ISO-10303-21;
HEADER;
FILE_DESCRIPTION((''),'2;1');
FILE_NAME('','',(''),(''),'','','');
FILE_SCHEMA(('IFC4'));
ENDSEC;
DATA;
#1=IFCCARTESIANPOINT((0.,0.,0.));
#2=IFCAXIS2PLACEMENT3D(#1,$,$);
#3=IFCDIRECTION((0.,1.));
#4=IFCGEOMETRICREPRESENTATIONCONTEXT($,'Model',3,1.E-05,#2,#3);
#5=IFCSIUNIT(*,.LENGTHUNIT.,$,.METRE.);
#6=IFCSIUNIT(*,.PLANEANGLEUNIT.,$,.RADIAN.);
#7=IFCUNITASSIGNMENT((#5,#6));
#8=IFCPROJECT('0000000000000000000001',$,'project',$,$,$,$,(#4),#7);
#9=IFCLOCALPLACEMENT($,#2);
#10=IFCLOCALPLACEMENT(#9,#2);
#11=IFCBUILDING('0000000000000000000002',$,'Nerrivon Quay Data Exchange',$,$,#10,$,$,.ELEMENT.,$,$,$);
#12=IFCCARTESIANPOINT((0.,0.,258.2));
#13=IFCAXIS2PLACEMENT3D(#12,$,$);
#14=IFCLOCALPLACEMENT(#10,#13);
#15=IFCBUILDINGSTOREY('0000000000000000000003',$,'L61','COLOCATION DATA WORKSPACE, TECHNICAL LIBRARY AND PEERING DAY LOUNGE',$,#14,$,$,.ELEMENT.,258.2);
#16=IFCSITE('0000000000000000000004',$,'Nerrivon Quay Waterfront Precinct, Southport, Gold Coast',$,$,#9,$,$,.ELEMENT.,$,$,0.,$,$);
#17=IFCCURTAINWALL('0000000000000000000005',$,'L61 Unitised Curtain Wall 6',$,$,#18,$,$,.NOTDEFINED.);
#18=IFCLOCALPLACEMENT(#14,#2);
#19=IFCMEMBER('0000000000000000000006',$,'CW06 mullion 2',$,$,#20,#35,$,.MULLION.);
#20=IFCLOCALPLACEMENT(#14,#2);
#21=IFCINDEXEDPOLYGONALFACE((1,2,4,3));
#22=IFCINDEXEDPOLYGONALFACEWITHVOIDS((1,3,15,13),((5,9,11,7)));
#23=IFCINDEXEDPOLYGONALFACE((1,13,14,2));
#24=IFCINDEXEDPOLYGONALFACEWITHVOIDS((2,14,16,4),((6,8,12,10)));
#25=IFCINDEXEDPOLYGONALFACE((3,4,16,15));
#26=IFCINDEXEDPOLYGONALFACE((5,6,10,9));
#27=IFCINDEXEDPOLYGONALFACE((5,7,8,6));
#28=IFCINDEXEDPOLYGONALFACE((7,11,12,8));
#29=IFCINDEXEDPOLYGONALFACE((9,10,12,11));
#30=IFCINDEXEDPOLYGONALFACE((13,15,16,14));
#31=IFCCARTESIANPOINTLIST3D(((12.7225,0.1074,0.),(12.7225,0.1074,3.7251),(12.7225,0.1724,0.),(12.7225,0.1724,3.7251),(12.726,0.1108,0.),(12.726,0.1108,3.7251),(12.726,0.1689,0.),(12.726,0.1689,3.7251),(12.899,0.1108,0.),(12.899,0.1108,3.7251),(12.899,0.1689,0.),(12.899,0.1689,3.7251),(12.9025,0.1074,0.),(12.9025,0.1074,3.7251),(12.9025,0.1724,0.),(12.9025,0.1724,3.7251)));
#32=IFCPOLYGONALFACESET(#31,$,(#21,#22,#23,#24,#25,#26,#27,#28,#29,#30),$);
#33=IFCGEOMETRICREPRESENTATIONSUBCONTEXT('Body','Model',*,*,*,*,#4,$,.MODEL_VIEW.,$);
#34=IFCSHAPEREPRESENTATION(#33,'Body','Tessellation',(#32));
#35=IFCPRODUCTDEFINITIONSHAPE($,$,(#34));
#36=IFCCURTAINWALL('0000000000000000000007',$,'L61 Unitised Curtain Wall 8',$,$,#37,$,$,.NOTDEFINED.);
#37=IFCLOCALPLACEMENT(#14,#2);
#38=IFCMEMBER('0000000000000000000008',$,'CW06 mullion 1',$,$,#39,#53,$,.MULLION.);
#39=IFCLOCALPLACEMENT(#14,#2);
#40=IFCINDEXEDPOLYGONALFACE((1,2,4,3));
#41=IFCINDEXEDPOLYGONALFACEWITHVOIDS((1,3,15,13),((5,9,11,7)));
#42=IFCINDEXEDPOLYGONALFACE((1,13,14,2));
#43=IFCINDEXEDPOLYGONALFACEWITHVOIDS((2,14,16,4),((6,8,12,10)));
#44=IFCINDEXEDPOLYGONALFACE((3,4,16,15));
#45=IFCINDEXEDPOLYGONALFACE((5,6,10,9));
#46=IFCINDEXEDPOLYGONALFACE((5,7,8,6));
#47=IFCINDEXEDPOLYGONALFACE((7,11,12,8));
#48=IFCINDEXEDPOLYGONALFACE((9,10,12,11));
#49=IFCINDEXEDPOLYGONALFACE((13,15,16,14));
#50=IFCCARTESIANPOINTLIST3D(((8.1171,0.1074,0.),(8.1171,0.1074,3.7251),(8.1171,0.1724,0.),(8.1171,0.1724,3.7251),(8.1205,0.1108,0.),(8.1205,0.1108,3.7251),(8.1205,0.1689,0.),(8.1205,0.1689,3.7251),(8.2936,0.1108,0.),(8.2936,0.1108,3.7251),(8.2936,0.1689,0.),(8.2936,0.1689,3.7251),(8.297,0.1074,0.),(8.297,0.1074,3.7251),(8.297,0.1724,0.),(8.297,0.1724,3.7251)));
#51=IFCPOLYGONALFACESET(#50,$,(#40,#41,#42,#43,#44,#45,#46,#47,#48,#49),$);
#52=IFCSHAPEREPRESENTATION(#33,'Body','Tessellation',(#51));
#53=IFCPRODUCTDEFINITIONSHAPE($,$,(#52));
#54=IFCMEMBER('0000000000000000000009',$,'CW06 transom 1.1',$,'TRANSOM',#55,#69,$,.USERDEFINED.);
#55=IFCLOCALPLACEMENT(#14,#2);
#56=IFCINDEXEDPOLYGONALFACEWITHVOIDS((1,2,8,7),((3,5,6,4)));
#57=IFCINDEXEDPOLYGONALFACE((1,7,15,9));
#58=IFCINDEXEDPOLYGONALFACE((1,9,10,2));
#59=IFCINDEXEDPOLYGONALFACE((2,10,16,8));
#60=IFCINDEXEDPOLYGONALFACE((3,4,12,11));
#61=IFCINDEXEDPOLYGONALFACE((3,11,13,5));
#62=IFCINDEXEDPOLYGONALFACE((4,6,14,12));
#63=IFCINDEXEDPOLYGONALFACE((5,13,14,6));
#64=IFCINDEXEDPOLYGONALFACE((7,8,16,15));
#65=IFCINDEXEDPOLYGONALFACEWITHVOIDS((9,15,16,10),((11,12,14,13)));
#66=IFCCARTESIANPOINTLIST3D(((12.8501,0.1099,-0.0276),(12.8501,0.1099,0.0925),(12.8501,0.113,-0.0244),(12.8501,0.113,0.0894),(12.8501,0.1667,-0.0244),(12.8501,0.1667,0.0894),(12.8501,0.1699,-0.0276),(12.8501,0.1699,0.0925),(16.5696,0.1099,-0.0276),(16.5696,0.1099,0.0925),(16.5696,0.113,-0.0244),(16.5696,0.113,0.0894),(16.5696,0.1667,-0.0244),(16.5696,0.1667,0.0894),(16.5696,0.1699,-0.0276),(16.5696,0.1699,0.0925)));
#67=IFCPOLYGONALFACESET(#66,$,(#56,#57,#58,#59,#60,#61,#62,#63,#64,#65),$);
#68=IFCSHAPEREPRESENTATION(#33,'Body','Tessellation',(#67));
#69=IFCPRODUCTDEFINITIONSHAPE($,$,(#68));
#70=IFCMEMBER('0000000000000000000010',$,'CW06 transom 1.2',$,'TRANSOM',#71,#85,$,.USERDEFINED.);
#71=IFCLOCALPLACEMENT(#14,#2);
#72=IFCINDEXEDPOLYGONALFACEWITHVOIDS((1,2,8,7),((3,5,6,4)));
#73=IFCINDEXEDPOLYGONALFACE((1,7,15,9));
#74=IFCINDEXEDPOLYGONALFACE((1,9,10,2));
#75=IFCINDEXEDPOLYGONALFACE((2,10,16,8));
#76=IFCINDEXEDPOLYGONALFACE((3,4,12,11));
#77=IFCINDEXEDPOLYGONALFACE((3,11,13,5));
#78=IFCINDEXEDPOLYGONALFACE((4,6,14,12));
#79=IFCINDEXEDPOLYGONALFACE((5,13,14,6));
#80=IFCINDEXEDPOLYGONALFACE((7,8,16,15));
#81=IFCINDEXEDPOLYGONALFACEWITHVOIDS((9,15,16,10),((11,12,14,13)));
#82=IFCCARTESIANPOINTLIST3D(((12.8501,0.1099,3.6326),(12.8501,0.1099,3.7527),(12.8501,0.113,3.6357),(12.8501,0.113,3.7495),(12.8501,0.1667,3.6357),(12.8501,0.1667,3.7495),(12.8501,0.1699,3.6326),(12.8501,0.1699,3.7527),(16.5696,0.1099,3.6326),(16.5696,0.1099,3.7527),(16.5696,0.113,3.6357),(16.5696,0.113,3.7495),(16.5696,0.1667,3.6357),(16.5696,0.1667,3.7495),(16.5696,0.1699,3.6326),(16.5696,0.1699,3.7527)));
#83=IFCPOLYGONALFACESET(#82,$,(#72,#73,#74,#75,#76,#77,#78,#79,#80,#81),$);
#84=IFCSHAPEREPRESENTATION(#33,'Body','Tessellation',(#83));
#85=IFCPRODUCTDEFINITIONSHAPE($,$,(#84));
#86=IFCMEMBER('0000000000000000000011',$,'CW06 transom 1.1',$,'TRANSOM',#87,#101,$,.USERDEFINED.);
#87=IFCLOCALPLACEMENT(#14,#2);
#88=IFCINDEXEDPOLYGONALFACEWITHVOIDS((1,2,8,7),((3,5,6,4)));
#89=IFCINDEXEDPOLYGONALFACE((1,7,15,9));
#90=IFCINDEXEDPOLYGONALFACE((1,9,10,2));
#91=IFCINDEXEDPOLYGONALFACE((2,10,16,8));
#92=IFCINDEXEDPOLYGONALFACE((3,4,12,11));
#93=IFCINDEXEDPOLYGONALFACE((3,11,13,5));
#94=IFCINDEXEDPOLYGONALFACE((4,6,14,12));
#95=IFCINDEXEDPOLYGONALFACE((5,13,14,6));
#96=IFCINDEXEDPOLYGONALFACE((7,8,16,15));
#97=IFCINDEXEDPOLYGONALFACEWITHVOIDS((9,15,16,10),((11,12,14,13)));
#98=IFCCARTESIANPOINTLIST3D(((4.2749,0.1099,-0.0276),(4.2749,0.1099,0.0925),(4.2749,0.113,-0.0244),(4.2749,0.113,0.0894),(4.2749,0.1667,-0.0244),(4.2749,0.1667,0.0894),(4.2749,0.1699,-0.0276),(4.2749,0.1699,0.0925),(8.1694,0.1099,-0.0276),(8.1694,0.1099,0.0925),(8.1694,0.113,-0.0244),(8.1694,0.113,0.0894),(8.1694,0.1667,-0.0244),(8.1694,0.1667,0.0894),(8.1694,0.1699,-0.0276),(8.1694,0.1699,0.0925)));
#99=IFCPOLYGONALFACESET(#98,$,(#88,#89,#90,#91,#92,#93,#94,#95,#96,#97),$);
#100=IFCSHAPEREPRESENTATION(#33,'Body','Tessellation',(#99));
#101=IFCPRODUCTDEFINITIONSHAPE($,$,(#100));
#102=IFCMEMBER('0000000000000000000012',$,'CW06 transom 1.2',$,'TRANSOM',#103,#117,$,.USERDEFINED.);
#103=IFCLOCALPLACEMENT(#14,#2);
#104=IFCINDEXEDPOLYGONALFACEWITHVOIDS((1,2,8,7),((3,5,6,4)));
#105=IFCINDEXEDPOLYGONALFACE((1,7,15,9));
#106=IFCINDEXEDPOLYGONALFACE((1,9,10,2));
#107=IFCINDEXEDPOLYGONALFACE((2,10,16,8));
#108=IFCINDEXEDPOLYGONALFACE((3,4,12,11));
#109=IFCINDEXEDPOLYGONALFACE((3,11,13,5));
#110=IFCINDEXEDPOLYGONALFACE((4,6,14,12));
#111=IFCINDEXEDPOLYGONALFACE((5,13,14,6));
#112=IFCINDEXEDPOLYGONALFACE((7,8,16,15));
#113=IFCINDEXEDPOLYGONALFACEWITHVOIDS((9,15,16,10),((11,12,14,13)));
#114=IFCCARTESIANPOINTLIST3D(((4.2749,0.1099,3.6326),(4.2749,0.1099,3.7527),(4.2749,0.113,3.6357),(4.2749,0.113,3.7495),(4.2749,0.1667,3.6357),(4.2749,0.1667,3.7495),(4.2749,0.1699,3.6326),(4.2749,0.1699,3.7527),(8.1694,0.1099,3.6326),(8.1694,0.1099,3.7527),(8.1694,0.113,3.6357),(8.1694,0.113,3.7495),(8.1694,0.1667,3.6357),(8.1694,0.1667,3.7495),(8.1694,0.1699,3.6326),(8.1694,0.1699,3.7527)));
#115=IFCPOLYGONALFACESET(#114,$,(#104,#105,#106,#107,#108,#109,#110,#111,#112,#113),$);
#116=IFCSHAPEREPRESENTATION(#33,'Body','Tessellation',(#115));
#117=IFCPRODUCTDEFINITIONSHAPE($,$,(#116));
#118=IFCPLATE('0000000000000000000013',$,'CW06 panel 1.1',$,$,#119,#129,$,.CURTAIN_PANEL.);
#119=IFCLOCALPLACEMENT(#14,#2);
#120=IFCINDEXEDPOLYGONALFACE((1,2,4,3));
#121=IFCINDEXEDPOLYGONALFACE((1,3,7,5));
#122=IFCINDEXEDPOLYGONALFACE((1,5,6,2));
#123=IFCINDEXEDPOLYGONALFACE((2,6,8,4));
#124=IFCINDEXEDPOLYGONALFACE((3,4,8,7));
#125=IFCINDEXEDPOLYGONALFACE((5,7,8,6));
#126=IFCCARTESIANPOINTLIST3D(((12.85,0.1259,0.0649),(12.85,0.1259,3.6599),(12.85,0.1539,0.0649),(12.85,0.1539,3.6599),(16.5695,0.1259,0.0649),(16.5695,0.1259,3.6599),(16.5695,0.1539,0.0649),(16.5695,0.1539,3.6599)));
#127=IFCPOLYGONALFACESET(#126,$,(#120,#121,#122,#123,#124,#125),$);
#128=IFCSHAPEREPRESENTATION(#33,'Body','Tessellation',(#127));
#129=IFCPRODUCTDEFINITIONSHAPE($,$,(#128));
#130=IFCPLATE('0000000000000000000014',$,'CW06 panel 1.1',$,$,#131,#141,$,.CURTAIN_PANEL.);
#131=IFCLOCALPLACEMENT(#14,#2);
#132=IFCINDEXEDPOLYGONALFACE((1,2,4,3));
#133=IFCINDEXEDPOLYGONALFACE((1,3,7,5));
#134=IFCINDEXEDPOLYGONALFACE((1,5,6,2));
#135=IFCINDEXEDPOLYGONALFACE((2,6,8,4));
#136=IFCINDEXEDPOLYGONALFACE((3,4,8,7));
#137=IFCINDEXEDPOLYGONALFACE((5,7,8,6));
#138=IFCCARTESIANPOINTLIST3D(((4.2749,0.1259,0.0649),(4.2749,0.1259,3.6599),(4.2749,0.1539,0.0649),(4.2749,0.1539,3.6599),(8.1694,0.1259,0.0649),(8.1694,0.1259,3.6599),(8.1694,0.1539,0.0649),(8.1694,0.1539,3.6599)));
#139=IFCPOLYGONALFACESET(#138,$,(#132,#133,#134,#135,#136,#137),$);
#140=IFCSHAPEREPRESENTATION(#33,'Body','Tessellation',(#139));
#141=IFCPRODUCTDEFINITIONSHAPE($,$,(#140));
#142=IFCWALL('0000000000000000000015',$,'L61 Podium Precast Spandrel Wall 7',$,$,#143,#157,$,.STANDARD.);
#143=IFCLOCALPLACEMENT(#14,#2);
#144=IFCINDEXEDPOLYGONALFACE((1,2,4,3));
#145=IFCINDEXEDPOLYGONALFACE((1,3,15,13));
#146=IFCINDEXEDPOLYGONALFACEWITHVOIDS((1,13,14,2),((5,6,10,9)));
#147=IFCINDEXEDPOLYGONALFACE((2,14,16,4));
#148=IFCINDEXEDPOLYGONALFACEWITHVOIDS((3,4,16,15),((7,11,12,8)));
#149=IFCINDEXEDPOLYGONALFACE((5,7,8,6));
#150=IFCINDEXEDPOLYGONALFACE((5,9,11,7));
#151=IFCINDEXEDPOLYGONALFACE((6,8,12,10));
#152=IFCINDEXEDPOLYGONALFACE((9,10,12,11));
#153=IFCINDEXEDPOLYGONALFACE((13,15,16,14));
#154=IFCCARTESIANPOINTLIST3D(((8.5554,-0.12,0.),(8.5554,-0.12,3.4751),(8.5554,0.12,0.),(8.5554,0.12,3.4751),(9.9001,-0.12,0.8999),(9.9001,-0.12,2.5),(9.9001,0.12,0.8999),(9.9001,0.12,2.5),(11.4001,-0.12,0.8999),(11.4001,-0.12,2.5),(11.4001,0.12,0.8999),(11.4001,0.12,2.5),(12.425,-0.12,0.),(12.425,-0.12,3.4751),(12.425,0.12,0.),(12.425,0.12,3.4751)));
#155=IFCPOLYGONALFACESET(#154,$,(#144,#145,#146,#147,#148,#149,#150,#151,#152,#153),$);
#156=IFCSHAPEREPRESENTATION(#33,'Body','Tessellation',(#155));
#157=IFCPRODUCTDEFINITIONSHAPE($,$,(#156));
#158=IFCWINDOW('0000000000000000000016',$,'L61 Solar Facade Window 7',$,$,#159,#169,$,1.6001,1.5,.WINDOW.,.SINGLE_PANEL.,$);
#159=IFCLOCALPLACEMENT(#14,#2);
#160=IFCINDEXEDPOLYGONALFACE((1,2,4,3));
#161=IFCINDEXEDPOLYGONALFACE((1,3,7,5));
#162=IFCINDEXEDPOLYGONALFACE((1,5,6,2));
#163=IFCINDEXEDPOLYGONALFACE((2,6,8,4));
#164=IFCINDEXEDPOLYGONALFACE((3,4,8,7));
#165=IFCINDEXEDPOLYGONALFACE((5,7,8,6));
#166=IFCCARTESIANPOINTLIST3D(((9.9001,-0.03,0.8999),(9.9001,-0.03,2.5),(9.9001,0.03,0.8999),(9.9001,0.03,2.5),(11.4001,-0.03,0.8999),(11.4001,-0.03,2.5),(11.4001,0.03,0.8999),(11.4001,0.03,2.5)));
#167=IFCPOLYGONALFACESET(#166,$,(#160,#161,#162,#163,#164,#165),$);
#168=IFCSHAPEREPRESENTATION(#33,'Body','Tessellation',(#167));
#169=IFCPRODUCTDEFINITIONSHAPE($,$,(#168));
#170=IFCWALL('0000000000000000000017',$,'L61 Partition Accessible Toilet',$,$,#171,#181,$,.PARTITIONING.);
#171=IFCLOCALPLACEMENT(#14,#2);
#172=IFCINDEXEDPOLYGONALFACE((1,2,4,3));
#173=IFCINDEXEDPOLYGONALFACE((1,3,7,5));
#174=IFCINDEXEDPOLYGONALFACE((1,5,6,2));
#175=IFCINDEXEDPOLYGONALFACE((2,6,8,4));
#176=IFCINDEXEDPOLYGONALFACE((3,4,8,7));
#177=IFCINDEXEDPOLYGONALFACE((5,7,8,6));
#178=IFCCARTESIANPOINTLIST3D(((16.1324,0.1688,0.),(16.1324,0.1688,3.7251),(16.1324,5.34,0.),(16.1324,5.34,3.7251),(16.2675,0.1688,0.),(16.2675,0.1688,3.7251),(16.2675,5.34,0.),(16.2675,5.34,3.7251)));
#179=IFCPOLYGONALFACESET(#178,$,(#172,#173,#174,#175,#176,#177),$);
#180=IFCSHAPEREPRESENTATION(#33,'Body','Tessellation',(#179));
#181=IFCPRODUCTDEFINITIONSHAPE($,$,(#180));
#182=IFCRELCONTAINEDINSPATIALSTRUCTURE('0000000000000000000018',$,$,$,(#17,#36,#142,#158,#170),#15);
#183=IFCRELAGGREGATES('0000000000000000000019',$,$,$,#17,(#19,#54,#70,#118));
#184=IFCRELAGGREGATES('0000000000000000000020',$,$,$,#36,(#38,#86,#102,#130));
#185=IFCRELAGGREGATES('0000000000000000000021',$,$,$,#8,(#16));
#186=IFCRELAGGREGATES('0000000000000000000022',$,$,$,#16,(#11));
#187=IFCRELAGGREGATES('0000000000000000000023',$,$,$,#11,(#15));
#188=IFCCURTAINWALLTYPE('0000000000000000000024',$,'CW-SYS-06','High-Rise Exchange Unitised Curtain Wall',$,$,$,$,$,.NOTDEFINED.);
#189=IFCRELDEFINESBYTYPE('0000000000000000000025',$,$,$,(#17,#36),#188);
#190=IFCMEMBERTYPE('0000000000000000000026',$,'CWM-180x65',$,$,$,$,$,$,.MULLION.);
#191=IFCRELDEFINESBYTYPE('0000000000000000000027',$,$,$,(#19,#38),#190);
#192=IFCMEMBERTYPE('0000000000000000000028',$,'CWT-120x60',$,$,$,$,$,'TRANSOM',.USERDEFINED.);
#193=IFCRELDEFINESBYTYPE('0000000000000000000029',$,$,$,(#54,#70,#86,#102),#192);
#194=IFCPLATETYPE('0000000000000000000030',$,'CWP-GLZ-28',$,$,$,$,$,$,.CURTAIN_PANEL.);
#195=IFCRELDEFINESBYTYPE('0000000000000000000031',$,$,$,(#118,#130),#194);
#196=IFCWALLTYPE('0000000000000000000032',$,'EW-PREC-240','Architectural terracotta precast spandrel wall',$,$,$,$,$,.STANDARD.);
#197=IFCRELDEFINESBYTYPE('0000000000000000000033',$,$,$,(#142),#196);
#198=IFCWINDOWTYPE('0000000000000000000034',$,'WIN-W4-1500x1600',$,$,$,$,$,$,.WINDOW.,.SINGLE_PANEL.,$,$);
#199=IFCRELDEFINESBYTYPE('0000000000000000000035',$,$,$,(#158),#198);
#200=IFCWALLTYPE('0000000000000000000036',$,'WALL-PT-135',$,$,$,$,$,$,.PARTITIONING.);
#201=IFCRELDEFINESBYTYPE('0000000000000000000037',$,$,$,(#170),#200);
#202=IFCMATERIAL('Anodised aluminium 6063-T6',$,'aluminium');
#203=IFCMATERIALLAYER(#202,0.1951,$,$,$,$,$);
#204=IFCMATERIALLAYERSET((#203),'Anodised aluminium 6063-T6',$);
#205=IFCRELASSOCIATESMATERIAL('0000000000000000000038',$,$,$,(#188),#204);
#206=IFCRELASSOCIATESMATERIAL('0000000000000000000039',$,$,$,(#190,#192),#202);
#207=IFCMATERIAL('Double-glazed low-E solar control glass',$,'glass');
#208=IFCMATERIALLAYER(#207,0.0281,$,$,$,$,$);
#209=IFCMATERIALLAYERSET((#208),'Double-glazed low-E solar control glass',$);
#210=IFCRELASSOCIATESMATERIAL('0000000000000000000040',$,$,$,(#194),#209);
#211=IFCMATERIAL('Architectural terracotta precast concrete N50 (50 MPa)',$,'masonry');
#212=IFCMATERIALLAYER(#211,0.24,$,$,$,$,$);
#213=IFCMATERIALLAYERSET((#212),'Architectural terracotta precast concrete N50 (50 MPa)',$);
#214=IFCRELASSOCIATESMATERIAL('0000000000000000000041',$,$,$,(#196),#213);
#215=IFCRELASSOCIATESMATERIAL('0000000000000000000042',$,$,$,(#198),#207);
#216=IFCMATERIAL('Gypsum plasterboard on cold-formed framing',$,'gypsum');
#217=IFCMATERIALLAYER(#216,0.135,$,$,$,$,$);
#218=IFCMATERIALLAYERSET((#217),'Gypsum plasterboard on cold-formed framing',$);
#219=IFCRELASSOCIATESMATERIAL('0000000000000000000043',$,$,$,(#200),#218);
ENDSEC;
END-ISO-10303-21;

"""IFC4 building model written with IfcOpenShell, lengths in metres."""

from ifc_helpers import new_model, si_unit, direction, frame, frame_2d, origin, origin_2d, place, context, subcontext, project, spatial, rectangle, hollow_rectangle, extrude, material, layer, layer_set, material_profile, profile_set, type_object, element, fill, aggregate, save


model = new_model("IFC4")

# Units and contexts
model_context = context("Model", 3, precision=1e-05, world=origin(), true_north=direction((0.0, 1.0)))
body_context = subcontext(model_context, "Body", "Model", "MODEL_VIEW")
ifc_project = project(units=[si_unit("LENGTHUNIT", "METRE"), si_unit("PLANEANGLEUNIT", "RADIAN")], contexts=[model_context])

# Site, building, storey
site_placement = place(None, origin())
site = spatial("IfcSite", under=ifc_project, at=site_placement, Name="Nerrivon Quay Waterfront Precinct, Southport, Gold Coast", CompositionType="ELEMENT", RefElevation=0.0)
building_placement = place(site_placement, origin())
building = spatial("IfcBuilding", under=site, at=building_placement, Name="Nerrivon Quay Data Exchange", CompositionType="ELEMENT")
storey_placement = place(building_placement, frame((0.0, 0.0, 258.2)))
storey = spatial("IfcBuildingStorey", under=building, at=storey_placement, Name="L61", Description="COLOCATION DATA WORKSPACE, TECHNICAL LIBRARY AND PEERING DAY LOUNGE", CompositionType="ELEMENT", Elevation=258.2)

# Curtain wall, member
ifc_material_1 = material(Name="Anodised aluminium 6063-T6", Category="aluminium")
ifc_layer_1 = layer(ifc_material_1, 0.1951)
ifc_layer_set_1 = layer_set([ifc_layer_1], Name="Anodised aluminium 6063-T6")
curtain_wall_type = type_object("IfcCurtainWallType", Name="CW-SYS-06", Description="High-Rise Exchange Unitised Curtain Wall", PredefinedType="NOTDEFINED", material=ifc_layer_set_1)
curtain_wall_1_placement = place(storey_placement, origin())
curtain_wall_1 = element("IfcCurtainWall", 1, at=curtain_wall_1_placement, inside=storey, type_object=curtain_wall_type, Name="L61 Unitised Curtain Wall 6", PredefinedType="NOTDEFINED")
ifc_material_profile_1 = material_profile(ifc_material_1, hollow_rectangle(XDim=0.0649, YDim=0.1799, WallThickness=0.0034, at=origin_2d()), Name="ALU-MULL-180x65")
ifc_profile_set_1 = profile_set([ifc_material_profile_1], Name="Anodised aluminium 6063-T6")
member_type_1 = type_object("IfcMemberType", Name="CWM-180x65", PredefinedType="MULLION", material=ifc_profile_set_1)
member_1_placement = place(storey_placement, frame((12.8125, 0.1399, 0.0), z_axis=(0.0, 0.0, 1.0), x_axis=(0.0, -1.0, 0.0)))
member_1 = element("IfcMember", 2, at=member_1_placement, type_object=member_type_1, Name="CW06 mullion 2", PredefinedType="MULLION", context=body_context, shape_type="SweptSolid", body=[
    extrude(hollow_rectangle(XDim=0.0649, YDim=0.1799, WallThickness=0.0034, at=origin_2d()), origin(), (0.0, 0.0, 1.0), 3.7251),
])

# Curtain wall, member
curtain_wall_2_placement = place(storey_placement, origin())
curtain_wall_2 = element("IfcCurtainWall", 3, at=curtain_wall_2_placement, inside=storey, type_object=curtain_wall_type, Name="L61 Unitised Curtain Wall 8", PredefinedType="NOTDEFINED")
member_2_placement = place(storey_placement, frame((8.207, 0.1399, 0.0), z_axis=(0.0, 0.0, 1.0), x_axis=(0.0, -1.0, 0.0)))
member_2 = element("IfcMember", 4, at=member_2_placement, type_object=member_type_1, Name="CW06 mullion 1", PredefinedType="MULLION", context=body_context, shape_type="SweptSolid", body=[
    extrude(hollow_rectangle(XDim=0.0649, YDim=0.1799, WallThickness=0.0034, at=origin_2d()), origin(), (0.0, 0.0, 1.0), 3.7251),
])

# Members
ifc_material_profile_2 = material_profile(ifc_material_1, hollow_rectangle(XDim=0.0601, YDim=0.1201, WallThickness=0.0032, at=origin_2d()), Name="ALU-TRAN-120x60")
ifc_profile_set_2 = profile_set([ifc_material_profile_2], Name="Anodised aluminium 6063-T6")
member_type_2 = type_object("IfcMemberType", Name="CWT-120x60", ElementType="TRANSOM", PredefinedType="USERDEFINED", material=ifc_profile_set_2)
member_3_placement = place(storey_placement, frame((16.5696, 0.1399, 0.0325), z_axis=(-1.0, 0.0, 0.0), x_axis=(0.0, -1.0, 0.0)))
member_3 = element("IfcMember", 5, at=member_3_placement, type_object=member_type_2, Name="CW06 transom 1.1", ObjectType="TRANSOM", PredefinedType="USERDEFINED", context=body_context, shape_type="SweptSolid", body=[
    extrude(hollow_rectangle(XDim=0.0601, YDim=0.1201, WallThickness=0.0032, at=origin_2d()), origin(), (0.0, 0.0, 1.0), 3.7195),
])
member_4_placement = place(storey_placement, frame((16.5696, 0.1399, 3.6926), z_axis=(-1.0, 0.0, 0.0), x_axis=(0.0, -1.0, 0.0)))
member_4 = element("IfcMember", 6, at=member_4_placement, type_object=member_type_2, Name="CW06 transom 1.2", ObjectType="TRANSOM", PredefinedType="USERDEFINED", context=body_context, shape_type="SweptSolid", body=[
    extrude(hollow_rectangle(XDim=0.0601, YDim=0.1201, WallThickness=0.0032, at=origin_2d()), origin(), (0.0, 0.0, 1.0), 3.7195),
])
member_5_placement = place(storey_placement, frame((8.1694, 0.1399, 0.0325), z_axis=(-1.0, 0.0, 0.0), x_axis=(0.0, -1.0, 0.0)))
member_5 = element("IfcMember", 7, at=member_5_placement, type_object=member_type_2, Name="CW06 transom 1.1", ObjectType="TRANSOM", PredefinedType="USERDEFINED", context=body_context, shape_type="SweptSolid", body=[
    extrude(hollow_rectangle(XDim=0.0601, YDim=0.1201, WallThickness=0.0032, at=origin_2d()), origin(), (0.0, 0.0, 1.0), 3.8945),
])
member_6_placement = place(storey_placement, frame((8.1694, 0.1399, 3.6926), z_axis=(-1.0, 0.0, 0.0), x_axis=(0.0, -1.0, 0.0)))
member_6 = element("IfcMember", 8, at=member_6_placement, type_object=member_type_2, Name="CW06 transom 1.2", ObjectType="TRANSOM", PredefinedType="USERDEFINED", context=body_context, shape_type="SweptSolid", body=[
    extrude(hollow_rectangle(XDim=0.0601, YDim=0.1201, WallThickness=0.0032, at=origin_2d()), origin(), (0.0, 0.0, 1.0), 3.8945),
])

# Plates
ifc_material_2 = material(Name="Double-glazed low-E solar control glass", Category="glass")
ifc_layer_2 = layer(ifc_material_2, 0.0281)
ifc_layer_set_2 = layer_set([ifc_layer_2], Name="Double-glazed low-E solar control glass")
plate_type = type_object("IfcPlateType", Name="CWP-GLZ-28", PredefinedType="CURTAIN_PANEL", material=ifc_layer_set_2)
plate_1_placement = place(storey_placement, frame((14.7097, 0.1399, 0.0649), z_axis=(0.0, 0.0, 1.0), x_axis=(-1.0, 0.0, 0.0)))
plate_1 = element("IfcPlate", 9, at=plate_1_placement, type_object=plate_type, Name="CW06 panel 1.1", PredefinedType="CURTAIN_PANEL", context=body_context, shape_type="SweptSolid", body=[
    extrude(rectangle(XDim=3.7195, YDim=0.0281, at=origin_2d()), origin(), (0.0, 0.0, 1.0), 3.595),
])
aggregate(curtain_wall_1, [member_1, member_3, member_4, plate_1])
plate_2_placement = place(storey_placement, frame((6.2222, 0.1399, 0.0649), z_axis=(0.0, 0.0, 1.0), x_axis=(-1.0, 0.0, 0.0)))
plate_2 = element("IfcPlate", 10, at=plate_2_placement, type_object=plate_type, Name="CW06 panel 1.1", PredefinedType="CURTAIN_PANEL", context=body_context, shape_type="SweptSolid", body=[
    extrude(rectangle(XDim=3.8945, YDim=0.0281, at=origin_2d()), origin(), (0.0, 0.0, 1.0), 3.595),
])
aggregate(curtain_wall_2, [member_2, member_5, member_6, plate_2])

# Wall, opening, window
ifc_material_3 = material(Name="Architectural terracotta precast concrete N50 (50 MPa)", Category="masonry")
ifc_layer_3 = layer(ifc_material_3, 0.24)
ifc_layer_set_3 = layer_set([ifc_layer_3], Name="Architectural terracotta precast concrete N50 (50 MPa)")
wall_type_1 = type_object("IfcWallType", Name="EW-PREC-240", Description="Architectural terracotta precast spandrel wall", PredefinedType="STANDARD", material=ifc_layer_set_3)
wall_1_placement = place(storey_placement, frame((12.425, 0.0, 0.0), z_axis=(0.0, 0.0, 1.0), x_axis=(-1.0, 0.0, 0.0)))
wall_1 = element("IfcWall", 11, at=wall_1_placement, inside=storey, type_object=wall_type_1, Name="L61 Podium Precast Spandrel Wall 7", PredefinedType="STANDARD", context=body_context, shape_type="SweptSolid", body=[
    extrude(rectangle(XDim=3.8696, YDim=0.24, at=frame_2d((1.9348, 0.0))), origin(), (0.0, 0.0, 1.0), 3.4751),
])
opening_placement = place(wall_1_placement, frame((1.0249, 0.0, 0.8999)))
opening = element("IfcOpeningElement", 12, at=opening_placement, cuts=wall_1, PredefinedType="OPENING", context=body_context, shape_type="SweptSolid", body=[
    extrude(rectangle(XDim=1.5, YDim=1.6001, at=frame_2d((0.75, 0.8))), frame((0.0, 0.1299, 0.0), z_axis=(0.0, -1.0, 0.0), x_axis=(1.0, 0.0, 0.0)), (0.0, 0.0, 1.0), 0.26),
])
window_type = type_object("IfcWindowType", Name="WIN-W4-1500x1600", PartitioningType="SINGLE_PANEL", PredefinedType="WINDOW", material=ifc_material_2)
window_placement = place(opening_placement, origin())
window = element("IfcWindow", 13, at=window_placement, inside=storey, type_object=window_type, Name="L61 Solar Facade Window 7", OverallHeight=1.6001, OverallWidth=1.5, PartitioningType="SINGLE_PANEL", PredefinedType="WINDOW", context=body_context, shape_type="SweptSolid", body=[
    extrude(rectangle(XDim=1.5, YDim=1.6001, at=frame_2d((0.75, 0.8))), frame((0.0, 0.03, 0.0), z_axis=(0.0, -1.0, 0.0), x_axis=(1.0, 0.0, 0.0)), (0.0, 0.0, 1.0), 0.0601),
])
fill(opening, window)

# Wall
ifc_material_4 = material(Name="Gypsum plasterboard on cold-formed framing", Category="gypsum")
ifc_layer_4 = layer(ifc_material_4, 0.135)
ifc_layer_set_4 = layer_set([ifc_layer_4], Name="Gypsum plasterboard on cold-formed framing")
wall_type_2 = type_object("IfcWallType", Name="WALL-PT-135", PredefinedType="PARTITIONING", material=ifc_layer_set_4)
wall_2_placement = place(storey_placement, frame((16.2, 0.1689, 0.0), z_axis=(0.0, 0.0, 1.0), x_axis=(0.0, 1.0, 0.0)))
element("IfcWall", 14, at=wall_2_placement, inside=storey, type_object=wall_type_2, Name="L61 Partition Accessible Toilet", PredefinedType="PARTITIONING", context=body_context, shape_type="SweptSolid", body=[
    extrude(rectangle(XDim=5.1711, YDim=0.135, at=frame_2d((2.5854, 0.0))), origin(), (0.0, 0.0, 1.0), 3.7251),
])

save(model, "model.ifc")
